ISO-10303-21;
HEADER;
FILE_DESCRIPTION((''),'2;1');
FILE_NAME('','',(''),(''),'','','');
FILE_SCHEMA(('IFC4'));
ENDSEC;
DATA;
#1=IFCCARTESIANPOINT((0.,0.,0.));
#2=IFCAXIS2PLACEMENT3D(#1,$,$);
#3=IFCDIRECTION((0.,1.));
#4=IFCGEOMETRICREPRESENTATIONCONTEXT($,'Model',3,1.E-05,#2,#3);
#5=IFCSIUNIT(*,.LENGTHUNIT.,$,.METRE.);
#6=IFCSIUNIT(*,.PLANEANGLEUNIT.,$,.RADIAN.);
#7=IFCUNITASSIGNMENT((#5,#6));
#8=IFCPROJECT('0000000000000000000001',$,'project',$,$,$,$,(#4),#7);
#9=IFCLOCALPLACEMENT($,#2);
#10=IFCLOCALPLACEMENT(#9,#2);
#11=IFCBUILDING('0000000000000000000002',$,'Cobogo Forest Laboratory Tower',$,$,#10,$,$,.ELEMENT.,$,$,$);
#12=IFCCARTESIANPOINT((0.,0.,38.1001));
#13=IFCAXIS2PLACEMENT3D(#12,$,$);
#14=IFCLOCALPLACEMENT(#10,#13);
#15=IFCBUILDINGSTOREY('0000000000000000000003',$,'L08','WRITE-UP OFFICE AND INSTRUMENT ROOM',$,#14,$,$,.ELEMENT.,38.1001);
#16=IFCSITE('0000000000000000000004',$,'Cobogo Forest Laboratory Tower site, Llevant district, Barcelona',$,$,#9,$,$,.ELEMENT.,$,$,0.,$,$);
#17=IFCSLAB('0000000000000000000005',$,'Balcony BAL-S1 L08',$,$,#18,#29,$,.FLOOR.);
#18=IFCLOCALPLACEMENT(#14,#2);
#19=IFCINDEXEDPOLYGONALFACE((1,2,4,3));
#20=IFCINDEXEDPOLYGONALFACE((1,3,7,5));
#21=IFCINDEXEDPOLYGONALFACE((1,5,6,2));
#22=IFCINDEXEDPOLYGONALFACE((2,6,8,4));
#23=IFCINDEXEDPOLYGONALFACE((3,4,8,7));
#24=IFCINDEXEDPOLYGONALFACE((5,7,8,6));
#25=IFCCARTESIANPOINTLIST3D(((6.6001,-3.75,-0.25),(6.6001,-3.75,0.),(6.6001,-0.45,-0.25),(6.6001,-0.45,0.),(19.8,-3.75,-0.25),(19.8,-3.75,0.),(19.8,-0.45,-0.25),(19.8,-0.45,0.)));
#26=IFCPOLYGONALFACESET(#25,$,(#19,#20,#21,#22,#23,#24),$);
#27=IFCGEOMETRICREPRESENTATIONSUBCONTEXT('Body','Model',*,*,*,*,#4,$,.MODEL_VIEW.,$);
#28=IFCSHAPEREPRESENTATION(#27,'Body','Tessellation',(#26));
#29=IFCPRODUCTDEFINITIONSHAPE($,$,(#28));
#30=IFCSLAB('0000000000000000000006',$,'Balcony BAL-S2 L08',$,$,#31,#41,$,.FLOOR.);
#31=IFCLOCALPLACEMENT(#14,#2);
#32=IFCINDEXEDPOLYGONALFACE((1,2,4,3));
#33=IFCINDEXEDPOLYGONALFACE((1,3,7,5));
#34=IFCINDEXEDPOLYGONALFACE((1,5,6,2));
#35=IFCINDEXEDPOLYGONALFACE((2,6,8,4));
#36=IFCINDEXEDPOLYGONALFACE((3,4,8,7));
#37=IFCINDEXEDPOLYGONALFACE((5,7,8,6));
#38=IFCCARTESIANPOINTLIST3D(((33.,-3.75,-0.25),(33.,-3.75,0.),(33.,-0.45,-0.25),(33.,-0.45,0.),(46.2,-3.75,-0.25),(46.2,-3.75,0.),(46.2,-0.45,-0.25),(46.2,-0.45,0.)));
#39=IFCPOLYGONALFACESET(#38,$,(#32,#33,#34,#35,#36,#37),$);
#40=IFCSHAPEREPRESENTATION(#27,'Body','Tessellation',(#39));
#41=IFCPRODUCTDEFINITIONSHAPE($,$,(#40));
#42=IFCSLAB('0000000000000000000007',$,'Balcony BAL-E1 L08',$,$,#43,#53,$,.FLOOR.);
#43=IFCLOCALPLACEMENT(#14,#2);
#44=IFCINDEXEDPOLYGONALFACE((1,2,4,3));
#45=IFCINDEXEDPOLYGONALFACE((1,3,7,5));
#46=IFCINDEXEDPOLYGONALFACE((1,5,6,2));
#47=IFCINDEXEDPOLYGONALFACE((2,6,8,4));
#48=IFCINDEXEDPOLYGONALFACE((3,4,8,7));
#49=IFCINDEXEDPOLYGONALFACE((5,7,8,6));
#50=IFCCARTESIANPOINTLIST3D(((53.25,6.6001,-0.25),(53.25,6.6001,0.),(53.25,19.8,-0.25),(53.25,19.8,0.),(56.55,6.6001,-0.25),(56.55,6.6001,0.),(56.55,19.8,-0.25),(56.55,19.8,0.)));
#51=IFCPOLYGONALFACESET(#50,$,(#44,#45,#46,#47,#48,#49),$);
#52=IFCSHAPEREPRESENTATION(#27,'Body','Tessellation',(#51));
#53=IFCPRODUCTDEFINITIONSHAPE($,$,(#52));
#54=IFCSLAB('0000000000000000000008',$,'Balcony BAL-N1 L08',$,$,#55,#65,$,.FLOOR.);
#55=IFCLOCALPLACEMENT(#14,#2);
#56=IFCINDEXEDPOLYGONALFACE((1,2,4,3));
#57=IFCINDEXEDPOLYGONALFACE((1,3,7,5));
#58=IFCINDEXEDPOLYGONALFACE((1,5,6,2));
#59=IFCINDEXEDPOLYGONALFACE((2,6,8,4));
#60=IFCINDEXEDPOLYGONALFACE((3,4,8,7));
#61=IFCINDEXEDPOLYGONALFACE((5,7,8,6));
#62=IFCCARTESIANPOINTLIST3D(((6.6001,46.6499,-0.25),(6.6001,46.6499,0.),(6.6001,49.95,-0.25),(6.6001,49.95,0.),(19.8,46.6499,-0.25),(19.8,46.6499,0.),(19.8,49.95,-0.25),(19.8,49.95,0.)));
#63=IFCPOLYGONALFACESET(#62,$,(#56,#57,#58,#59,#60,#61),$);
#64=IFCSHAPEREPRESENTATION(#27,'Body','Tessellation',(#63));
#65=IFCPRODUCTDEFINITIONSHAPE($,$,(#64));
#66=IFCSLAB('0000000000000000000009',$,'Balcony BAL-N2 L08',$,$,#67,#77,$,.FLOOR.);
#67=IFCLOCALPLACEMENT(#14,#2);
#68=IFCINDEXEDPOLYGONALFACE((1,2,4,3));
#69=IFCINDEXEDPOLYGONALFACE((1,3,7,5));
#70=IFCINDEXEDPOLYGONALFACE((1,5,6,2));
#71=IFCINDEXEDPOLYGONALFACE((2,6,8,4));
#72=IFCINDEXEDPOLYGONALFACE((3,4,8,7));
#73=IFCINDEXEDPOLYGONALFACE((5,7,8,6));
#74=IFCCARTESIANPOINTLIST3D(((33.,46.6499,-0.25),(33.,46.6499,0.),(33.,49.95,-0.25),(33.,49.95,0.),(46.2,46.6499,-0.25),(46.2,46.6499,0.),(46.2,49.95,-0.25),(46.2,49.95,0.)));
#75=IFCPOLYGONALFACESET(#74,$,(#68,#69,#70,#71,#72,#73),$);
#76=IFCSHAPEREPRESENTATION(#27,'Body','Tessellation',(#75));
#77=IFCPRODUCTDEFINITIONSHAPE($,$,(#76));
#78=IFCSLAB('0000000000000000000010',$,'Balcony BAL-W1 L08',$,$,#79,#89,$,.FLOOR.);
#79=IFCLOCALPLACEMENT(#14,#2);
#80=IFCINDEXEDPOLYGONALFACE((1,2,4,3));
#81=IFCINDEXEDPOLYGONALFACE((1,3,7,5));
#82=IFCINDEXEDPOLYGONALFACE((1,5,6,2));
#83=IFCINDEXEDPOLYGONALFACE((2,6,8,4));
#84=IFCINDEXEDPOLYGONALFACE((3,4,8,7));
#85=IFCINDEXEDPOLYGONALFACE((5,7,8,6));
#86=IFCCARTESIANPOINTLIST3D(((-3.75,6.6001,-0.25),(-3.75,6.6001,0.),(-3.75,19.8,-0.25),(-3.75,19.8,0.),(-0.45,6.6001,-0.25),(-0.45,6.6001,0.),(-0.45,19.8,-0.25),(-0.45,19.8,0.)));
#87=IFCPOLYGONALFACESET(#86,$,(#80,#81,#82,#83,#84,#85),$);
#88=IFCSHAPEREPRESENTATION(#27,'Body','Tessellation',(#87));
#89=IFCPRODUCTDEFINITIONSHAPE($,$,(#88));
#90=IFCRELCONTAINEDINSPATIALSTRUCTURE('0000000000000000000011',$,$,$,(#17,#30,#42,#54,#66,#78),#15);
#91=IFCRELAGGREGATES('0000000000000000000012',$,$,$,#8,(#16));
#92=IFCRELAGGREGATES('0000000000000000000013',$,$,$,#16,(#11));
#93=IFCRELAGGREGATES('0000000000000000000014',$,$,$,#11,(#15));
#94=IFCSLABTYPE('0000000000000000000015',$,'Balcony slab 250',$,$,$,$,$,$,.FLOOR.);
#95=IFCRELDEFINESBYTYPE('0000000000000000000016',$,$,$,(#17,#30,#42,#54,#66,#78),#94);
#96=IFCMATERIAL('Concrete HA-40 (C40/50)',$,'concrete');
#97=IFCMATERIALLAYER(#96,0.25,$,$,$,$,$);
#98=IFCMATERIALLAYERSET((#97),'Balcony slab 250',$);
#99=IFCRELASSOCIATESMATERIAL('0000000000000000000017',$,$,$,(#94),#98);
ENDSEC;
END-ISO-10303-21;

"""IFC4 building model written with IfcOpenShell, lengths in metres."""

from ifc_helpers import new_model, si_unit, direction, frame, origin, place, context, subcontext, project, spatial, polyline, outline, extrude, material, layer, layer_set, type_object, element, save


model = new_model("IFC4")

# Units and contexts
model_context = context("Model", 3, precision=1e-05, world=origin(), true_north=direction((0.0, 1.0)))
body_context = subcontext(model_context, "Body", "Model", "MODEL_VIEW")
ifc_project = project(units=[si_unit("LENGTHUNIT", "METRE"), si_unit("PLANEANGLEUNIT", "RADIAN")], contexts=[model_context])

# Site, building, storey
site_placement = place(None, origin())
site = spatial("IfcSite", under=ifc_project, at=site_placement, Name="Cobogo Forest Laboratory Tower site, Llevant district, Barcelona", CompositionType="ELEMENT", RefElevation=0.0)
building_placement = place(site_placement, origin())
building = spatial("IfcBuilding", under=site, at=building_placement, Name="Cobogo Forest Laboratory Tower", CompositionType="ELEMENT")
storey_placement = place(building_placement, frame((0.0, 0.0, 38.1001)))
storey = spatial("IfcBuildingStorey", under=building, at=storey_placement, Name="L08", Description="WRITE-UP OFFICE AND INSTRUMENT ROOM", CompositionType="ELEMENT", Elevation=38.1001)

# Slabs
ifc_material_1 = material(Name="Concrete HA-40 (C40/50)", Category="concrete")
ifc_layer_1 = layer(ifc_material_1, 0.25)
ifc_layer_set_1 = layer_set([ifc_layer_1], Name="Balcony slab 250")
slab_type_1 = type_object("IfcSlabType", Name="Balcony slab 250", PredefinedType="FLOOR", material=ifc_layer_set_1)
slab_1_placement = place(storey_placement, frame((0.0, 0.0, -0.25)))
element("IfcSlab", 1, at=slab_1_placement, inside=storey, type_object=slab_type_1, Name="Balcony BAL-S1 L08", PredefinedType="FLOOR", context=body_context, shape_type="SweptSolid", body=[
    extrude(outline(polyline([(6.6001, -3.75), (19.8, -3.75), (19.8, -0.45), (6.6001, -0.45), (6.6001, -3.75)])), origin(), (0.0, 0.0, 1.0), 0.25),
])
slab_2_placement = place(storey_placement, frame((0.0, 0.0, -0.25)))
element("IfcSlab", 2, at=slab_2_placement, inside=storey, type_object=slab_type_1, Name="Balcony BAL-S2 L08", PredefinedType="FLOOR", context=body_context, shape_type="SweptSolid", body=[
    extrude(outline(polyline([(33.0, -3.75), (46.2, -3.75), (46.2, -0.45), (33.0, -0.45), (33.0, -3.75)])), origin(), (0.0, 0.0, 1.0), 0.25),
])
slab_3_placement = place(storey_placement, frame((0.0, 0.0, -0.25)))
element("IfcSlab", 3, at=slab_3_placement, inside=storey, type_object=slab_type_1, Name="Balcony BAL-E1 L08", PredefinedType="FLOOR", context=body_context, shape_type="SweptSolid", body=[
    extrude(outline(polyline([(53.25, 6.6001), (56.55, 6.6001), (56.55, 19.8), (53.25, 19.8), (53.25, 6.6001)])), origin(), (0.0, 0.0, 1.0), 0.25),
])
slab_4_placement = place(storey_placement, frame((0.0, 0.0, -0.25)))
element("IfcSlab", 4, at=slab_4_placement, inside=storey, type_object=slab_type_1, Name="Balcony BAL-N1 L08", PredefinedType="FLOOR", context=body_context, shape_type="SweptSolid", body=[
    extrude(outline(polyline([(6.6001, 46.6499), (19.8, 46.6499), (19.8, 49.95), (6.6001, 49.95), (6.6001, 46.6499)])), origin(), (0.0, 0.0, 1.0), 0.25),
])
slab_5_placement = place(storey_placement, frame((0.0, 0.0, -0.25)))
element("IfcSlab", 5, at=slab_5_placement, inside=storey, type_object=slab_type_1, Name="Balcony BAL-N2 L08", PredefinedType="FLOOR", context=body_context, shape_type="SweptSolid", body=[
    extrude(outline(polyline([(33.0, 46.6499), (46.2, 46.6499), (46.2, 49.95), (33.0, 49.95), (33.0, 46.6499)])), origin(), (0.0, 0.0, 1.0), 0.25),
])
slab_6_placement = place(storey_placement, frame((0.0, 0.0, -0.25)))
element("IfcSlab", 6, at=slab_6_placement, inside=storey, type_object=slab_type_1, Name="Balcony BAL-W1 L08", PredefinedType="FLOOR", context=body_context, shape_type="SweptSolid", body=[
    extrude(outline(polyline([(-3.75, 6.6001), (-0.45, 6.6001), (-0.45, 19.8), (-3.75, 19.8), (-3.75, 6.6001)])), origin(), (0.0, 0.0, 1.0), 0.25),
])

save(model, "model.ifc")
